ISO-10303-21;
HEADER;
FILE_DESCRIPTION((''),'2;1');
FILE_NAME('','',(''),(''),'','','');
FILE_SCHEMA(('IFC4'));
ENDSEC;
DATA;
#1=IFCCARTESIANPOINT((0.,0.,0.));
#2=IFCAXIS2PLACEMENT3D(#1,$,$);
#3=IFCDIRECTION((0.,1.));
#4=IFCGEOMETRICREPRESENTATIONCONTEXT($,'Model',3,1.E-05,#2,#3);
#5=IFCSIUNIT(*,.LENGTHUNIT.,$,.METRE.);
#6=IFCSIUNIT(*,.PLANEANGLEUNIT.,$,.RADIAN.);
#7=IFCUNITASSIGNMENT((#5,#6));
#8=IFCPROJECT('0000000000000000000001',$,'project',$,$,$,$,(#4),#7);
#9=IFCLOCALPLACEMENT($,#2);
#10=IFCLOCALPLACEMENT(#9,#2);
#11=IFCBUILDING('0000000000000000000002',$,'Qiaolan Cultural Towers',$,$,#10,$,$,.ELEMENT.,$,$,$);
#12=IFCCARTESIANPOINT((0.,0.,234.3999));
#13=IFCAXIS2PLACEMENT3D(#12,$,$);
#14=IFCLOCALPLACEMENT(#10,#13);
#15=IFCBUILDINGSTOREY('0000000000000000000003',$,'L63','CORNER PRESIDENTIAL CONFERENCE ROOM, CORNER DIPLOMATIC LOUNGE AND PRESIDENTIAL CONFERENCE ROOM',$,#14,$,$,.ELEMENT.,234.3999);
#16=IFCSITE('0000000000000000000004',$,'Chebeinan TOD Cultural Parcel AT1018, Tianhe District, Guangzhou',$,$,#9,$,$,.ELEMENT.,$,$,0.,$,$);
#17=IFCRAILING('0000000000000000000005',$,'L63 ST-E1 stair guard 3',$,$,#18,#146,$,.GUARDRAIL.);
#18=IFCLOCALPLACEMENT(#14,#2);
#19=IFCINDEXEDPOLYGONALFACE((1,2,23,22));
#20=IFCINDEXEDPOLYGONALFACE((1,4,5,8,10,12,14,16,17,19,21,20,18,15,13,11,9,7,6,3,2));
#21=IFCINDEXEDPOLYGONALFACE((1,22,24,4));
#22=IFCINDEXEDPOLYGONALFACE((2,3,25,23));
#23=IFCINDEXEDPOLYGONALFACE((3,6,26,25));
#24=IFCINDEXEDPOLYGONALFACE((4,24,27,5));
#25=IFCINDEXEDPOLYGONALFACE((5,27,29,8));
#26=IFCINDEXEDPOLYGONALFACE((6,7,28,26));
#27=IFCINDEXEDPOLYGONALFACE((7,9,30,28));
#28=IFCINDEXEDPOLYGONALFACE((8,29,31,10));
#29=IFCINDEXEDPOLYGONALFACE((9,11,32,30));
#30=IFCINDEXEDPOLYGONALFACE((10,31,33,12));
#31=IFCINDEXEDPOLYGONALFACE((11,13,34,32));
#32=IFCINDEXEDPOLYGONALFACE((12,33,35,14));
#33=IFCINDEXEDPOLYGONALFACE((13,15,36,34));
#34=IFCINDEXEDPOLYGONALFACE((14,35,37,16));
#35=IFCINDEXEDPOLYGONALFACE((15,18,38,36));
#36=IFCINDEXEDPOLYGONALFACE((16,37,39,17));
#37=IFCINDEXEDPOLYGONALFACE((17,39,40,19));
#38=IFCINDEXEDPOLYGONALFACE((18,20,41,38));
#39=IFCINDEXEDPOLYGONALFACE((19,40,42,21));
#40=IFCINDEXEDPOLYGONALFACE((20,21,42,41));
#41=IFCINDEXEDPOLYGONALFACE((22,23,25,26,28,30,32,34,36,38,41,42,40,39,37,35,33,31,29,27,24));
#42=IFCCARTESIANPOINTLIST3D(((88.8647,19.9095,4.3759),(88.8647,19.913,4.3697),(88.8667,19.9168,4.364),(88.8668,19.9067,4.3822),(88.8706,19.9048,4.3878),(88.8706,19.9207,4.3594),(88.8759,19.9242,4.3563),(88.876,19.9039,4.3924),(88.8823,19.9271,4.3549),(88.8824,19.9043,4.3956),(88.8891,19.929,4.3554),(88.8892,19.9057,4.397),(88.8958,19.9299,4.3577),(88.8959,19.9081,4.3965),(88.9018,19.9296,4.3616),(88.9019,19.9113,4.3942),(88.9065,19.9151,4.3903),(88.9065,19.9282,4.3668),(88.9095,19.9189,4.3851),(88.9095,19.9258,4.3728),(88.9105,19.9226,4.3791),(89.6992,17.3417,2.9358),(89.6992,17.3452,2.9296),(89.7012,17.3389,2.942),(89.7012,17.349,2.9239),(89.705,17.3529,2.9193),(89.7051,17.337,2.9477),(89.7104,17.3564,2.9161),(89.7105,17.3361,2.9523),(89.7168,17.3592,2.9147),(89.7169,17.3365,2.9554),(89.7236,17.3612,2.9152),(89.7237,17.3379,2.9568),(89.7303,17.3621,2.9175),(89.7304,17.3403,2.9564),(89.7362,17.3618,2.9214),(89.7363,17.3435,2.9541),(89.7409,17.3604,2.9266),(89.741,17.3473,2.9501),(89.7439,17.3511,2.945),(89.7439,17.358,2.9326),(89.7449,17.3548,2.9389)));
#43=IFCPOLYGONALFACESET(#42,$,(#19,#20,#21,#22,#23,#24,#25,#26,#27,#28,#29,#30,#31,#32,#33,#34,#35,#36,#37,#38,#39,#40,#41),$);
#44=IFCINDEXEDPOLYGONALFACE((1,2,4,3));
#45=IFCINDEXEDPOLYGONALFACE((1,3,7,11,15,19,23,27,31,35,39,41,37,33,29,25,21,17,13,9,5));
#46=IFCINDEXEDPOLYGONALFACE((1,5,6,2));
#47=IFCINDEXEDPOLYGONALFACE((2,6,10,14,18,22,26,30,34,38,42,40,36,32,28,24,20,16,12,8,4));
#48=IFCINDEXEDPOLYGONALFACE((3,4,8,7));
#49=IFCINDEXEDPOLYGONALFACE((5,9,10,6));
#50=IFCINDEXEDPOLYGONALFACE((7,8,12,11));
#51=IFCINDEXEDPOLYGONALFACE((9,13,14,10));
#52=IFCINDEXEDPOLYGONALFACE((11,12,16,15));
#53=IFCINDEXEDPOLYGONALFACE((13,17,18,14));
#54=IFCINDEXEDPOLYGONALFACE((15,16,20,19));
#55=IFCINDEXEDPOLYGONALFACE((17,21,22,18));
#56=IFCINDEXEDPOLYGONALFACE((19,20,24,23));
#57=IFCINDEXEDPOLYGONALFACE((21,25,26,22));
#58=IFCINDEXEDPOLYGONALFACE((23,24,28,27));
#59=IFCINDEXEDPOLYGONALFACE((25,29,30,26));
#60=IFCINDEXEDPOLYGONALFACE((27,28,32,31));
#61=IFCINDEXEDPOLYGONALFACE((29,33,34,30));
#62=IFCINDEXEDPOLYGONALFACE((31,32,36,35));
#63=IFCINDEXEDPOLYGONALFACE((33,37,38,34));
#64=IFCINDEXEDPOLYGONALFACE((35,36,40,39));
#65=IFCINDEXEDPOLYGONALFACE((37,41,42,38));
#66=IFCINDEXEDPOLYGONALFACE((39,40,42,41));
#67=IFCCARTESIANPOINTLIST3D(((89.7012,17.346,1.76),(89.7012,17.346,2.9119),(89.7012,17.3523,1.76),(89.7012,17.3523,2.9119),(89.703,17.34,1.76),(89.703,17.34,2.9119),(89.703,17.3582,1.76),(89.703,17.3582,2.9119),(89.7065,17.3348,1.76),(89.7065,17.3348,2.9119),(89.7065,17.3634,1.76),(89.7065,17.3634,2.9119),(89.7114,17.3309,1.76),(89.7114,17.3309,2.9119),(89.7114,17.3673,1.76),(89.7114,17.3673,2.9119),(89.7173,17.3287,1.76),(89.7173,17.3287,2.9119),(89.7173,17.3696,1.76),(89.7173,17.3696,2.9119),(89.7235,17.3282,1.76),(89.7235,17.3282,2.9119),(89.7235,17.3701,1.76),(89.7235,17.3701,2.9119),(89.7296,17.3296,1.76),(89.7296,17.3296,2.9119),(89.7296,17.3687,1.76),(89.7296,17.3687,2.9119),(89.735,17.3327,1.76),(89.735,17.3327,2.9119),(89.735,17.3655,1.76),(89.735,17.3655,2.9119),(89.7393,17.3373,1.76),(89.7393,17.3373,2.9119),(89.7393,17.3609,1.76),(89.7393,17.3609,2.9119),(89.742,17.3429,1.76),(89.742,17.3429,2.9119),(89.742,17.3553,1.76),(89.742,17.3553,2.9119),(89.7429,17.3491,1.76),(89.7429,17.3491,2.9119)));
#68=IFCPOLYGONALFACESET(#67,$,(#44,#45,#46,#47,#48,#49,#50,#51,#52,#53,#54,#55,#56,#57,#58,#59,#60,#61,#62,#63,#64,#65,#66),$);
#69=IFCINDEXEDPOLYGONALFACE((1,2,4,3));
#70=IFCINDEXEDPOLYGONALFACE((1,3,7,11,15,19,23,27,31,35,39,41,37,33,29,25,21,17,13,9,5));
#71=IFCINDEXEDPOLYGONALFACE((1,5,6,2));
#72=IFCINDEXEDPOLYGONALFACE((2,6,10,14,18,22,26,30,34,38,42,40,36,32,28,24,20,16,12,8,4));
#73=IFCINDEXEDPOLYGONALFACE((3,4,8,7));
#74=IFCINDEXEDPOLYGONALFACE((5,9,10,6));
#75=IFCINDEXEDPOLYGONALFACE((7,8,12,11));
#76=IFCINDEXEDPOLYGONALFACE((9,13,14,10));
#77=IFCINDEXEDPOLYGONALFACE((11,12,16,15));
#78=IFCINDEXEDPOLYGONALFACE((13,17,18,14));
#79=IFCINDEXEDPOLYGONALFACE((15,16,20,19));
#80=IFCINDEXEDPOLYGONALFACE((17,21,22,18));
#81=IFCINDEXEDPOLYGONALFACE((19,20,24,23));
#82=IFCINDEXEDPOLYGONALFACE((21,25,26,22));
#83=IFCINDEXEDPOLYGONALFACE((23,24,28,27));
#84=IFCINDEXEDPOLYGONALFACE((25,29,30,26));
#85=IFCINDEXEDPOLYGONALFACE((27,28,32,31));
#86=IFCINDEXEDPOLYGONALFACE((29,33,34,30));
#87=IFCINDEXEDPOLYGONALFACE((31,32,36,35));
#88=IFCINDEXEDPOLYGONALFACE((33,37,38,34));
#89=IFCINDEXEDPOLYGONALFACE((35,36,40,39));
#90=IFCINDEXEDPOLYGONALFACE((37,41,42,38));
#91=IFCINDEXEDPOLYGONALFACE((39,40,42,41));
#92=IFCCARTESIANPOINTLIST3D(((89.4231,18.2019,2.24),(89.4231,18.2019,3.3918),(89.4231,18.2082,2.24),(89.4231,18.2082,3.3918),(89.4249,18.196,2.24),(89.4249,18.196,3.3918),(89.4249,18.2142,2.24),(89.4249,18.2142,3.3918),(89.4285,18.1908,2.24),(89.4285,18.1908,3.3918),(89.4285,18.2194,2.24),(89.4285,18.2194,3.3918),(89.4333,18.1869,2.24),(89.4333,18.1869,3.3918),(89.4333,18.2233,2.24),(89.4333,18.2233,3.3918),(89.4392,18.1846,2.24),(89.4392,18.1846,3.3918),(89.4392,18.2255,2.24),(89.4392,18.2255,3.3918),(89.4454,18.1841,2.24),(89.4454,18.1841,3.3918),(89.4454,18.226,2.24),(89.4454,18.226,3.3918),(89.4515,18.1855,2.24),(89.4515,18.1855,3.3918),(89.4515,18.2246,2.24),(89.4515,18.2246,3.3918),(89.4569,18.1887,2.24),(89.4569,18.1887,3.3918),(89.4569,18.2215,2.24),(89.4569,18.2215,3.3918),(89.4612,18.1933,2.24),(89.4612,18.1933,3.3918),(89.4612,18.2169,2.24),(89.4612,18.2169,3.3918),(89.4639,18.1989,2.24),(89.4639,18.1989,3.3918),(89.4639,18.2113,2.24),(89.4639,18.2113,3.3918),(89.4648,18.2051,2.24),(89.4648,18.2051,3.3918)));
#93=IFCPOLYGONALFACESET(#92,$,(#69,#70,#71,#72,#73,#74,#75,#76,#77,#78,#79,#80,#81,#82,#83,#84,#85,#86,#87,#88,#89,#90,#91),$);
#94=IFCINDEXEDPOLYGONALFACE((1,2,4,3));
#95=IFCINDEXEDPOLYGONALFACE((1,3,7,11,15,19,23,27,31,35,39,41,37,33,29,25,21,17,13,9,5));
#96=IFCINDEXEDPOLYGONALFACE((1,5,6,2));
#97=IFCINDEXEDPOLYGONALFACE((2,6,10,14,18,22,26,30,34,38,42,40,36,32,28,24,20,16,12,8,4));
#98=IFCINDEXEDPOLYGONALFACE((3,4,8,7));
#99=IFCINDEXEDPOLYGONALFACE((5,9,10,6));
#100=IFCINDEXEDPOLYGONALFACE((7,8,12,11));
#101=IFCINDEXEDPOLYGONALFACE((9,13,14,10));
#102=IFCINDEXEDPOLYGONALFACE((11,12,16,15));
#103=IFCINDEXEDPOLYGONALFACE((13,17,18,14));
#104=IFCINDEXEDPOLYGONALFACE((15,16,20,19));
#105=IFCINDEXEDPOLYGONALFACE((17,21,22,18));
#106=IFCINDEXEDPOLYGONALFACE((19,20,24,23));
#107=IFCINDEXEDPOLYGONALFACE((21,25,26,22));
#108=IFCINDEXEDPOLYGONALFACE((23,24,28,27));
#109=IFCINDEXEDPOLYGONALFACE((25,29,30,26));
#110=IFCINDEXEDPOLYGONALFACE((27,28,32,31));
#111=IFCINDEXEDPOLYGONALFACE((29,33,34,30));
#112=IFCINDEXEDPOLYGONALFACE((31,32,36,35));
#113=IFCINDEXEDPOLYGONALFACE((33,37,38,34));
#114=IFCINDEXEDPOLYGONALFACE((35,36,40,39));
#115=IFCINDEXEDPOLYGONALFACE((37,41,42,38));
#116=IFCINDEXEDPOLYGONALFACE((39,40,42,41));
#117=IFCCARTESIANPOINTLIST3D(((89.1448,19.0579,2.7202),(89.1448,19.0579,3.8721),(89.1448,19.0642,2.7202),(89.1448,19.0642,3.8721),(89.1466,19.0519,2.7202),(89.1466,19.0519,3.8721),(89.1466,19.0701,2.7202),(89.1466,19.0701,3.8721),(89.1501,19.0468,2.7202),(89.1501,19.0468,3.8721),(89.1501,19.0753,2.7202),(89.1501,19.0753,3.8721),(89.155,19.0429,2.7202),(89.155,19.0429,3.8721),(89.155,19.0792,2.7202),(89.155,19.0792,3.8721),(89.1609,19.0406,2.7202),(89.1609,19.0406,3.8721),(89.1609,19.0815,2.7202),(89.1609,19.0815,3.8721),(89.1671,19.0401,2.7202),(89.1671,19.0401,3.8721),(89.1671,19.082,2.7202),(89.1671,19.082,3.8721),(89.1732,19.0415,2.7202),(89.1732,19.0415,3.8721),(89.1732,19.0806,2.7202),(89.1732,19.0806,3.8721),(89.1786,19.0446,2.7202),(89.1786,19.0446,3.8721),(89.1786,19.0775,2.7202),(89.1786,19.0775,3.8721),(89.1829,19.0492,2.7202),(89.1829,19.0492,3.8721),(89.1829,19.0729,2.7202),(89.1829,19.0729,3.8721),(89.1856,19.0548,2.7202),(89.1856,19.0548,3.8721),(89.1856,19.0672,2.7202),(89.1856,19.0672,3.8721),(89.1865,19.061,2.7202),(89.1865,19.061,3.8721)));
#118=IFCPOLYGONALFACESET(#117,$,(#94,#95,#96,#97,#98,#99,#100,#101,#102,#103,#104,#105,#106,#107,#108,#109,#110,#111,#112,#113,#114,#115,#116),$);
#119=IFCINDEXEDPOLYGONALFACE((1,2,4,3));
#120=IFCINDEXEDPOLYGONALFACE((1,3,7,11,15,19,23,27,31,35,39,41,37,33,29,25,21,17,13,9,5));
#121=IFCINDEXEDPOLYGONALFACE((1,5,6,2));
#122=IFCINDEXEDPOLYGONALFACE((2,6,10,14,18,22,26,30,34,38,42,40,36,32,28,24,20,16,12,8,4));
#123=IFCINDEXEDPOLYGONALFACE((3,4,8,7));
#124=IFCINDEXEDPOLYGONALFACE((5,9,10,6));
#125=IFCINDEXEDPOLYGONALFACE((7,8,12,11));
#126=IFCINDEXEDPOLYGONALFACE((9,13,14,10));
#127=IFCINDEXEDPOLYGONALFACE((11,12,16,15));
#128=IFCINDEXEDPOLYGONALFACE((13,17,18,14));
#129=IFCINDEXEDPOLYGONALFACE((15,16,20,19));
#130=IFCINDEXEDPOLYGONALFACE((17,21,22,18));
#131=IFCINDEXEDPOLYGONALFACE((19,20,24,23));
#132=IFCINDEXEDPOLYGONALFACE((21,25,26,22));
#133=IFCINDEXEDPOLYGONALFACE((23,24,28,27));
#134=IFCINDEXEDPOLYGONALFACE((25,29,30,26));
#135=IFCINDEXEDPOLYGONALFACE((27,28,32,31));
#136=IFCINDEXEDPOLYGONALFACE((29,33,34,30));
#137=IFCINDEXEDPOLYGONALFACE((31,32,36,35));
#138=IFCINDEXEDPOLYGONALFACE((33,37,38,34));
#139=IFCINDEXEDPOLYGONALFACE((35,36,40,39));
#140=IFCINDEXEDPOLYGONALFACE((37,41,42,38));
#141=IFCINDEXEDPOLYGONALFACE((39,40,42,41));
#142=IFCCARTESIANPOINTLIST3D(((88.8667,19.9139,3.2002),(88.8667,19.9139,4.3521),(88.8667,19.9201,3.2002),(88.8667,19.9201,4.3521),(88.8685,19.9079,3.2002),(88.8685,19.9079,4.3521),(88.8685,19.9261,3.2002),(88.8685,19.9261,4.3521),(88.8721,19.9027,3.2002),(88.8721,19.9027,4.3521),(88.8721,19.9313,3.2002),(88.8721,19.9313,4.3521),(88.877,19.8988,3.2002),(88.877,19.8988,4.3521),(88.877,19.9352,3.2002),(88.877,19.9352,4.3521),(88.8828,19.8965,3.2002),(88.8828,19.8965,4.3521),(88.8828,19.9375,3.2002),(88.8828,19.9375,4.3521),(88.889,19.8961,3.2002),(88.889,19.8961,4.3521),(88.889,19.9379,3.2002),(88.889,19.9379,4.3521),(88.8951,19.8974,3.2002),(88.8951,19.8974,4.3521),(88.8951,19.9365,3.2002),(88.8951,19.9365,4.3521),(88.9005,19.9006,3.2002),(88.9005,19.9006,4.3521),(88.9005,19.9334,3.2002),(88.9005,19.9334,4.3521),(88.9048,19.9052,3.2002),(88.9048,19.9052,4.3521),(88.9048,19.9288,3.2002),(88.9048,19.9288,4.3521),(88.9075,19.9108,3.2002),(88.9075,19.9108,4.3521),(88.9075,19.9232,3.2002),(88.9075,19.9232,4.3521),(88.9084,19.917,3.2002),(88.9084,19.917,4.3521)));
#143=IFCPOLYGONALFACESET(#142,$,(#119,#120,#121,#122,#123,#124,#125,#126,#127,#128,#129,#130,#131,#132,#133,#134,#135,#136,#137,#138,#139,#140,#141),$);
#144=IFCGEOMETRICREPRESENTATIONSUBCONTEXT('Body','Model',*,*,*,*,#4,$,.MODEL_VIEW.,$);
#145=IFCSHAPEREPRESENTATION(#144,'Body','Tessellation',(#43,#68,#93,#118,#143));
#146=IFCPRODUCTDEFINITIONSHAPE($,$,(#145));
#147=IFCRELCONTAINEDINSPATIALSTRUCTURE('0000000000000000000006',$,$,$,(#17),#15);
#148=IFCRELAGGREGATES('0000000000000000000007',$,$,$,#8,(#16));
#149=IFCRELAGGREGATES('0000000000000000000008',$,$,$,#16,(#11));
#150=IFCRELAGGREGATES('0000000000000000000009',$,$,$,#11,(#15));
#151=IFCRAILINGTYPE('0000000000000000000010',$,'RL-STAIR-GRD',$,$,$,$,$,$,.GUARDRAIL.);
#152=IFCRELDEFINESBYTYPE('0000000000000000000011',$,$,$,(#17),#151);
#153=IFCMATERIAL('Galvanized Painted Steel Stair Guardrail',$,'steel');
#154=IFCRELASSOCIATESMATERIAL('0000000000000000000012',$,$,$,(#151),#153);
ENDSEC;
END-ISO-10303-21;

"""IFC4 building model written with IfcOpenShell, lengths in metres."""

from ifc_helpers import new_model, si_unit, direction, frame, origin, origin_2d, place, context, subcontext, project, spatial, circle, extrude, material, type_object, element, save


model = new_model("IFC4")

# Units and contexts
model_context = context("Model", 3, precision=1e-05, world=origin(), true_north=direction((0.0, 1.0)))
body_context = subcontext(model_context, "Body", "Model", "MODEL_VIEW")
ifc_project = project(units=[si_unit("LENGTHUNIT", "METRE"), si_unit("PLANEANGLEUNIT", "RADIAN")], contexts=[model_context])

# Site, building, storey
site_placement = place(None, origin())
site = spatial("IfcSite", under=ifc_project, at=site_placement, Name="Chebeinan TOD Cultural Parcel AT1018, Tianhe District, Guangzhou", CompositionType="ELEMENT", RefElevation=0.0)
building_placement = place(site_placement, origin())
building = spatial("IfcBuilding", under=site, at=building_placement, Name="Qiaolan Cultural Towers", CompositionType="ELEMENT")
storey_placement = place(building_placement, frame((0.0, 0.0, 234.3999)))
storey = spatial("IfcBuildingStorey", under=building, at=storey_placement, Name="L63", Description="CORNER PRESIDENTIAL CONFERENCE ROOM, CORNER DIPLOMATIC LOUNGE AND PRESIDENTIAL CONFERENCE ROOM", CompositionType="ELEMENT", Elevation=234.3999)

# Railing
ifc_material_1 = material(Name="Galvanized Painted Steel Stair Guardrail", Category="steel")
railing_type_1 = type_object("IfcRailingType", Name="RL-STAIR-GRD", PredefinedType="GUARDRAIL", material=ifc_material_1)
railing_1_placement = place(storey_placement, frame((89.7219, 17.3491, 1.76)))
element("IfcRailing", 1, at=railing_1_placement, inside=storey, type_object=railing_type_1, Name="L63 ST-E1 stair guard 3", PredefinedType="GUARDRAIL", context=body_context, shape_type="SweptSolid", body=[
    extrude(circle(Radius=0.0239, at=origin_2d()), frame((0.0, 0.0, 1.1758), z_axis=(-0.272691, 0.839136, 0.470628), x_axis=(-0.951043, -0.309057, 0.0)), (0.0, 0.0, 1.0), 3.0601),
    extrude(circle(Radius=0.021, at=origin_2d()), origin(), (0.0, 0.0, 1.0), 1.1519),
    extrude(circle(Radius=0.021, at=origin_2d()), frame((-0.2781, 0.856, 0.48)), (0.0, 0.0, 1.0), 1.1519),
    extrude(circle(Radius=0.021, at=origin_2d()), frame((-0.5564, 1.7119, 0.9602)), (0.0, 0.0, 1.0), 1.1519),
    extrude(circle(Radius=0.021, at=origin_2d()), frame((-0.8345, 2.5679, 1.4402)), (0.0, 0.0, 1.0), 1.1519),
])

save(model, "model.ifc")
